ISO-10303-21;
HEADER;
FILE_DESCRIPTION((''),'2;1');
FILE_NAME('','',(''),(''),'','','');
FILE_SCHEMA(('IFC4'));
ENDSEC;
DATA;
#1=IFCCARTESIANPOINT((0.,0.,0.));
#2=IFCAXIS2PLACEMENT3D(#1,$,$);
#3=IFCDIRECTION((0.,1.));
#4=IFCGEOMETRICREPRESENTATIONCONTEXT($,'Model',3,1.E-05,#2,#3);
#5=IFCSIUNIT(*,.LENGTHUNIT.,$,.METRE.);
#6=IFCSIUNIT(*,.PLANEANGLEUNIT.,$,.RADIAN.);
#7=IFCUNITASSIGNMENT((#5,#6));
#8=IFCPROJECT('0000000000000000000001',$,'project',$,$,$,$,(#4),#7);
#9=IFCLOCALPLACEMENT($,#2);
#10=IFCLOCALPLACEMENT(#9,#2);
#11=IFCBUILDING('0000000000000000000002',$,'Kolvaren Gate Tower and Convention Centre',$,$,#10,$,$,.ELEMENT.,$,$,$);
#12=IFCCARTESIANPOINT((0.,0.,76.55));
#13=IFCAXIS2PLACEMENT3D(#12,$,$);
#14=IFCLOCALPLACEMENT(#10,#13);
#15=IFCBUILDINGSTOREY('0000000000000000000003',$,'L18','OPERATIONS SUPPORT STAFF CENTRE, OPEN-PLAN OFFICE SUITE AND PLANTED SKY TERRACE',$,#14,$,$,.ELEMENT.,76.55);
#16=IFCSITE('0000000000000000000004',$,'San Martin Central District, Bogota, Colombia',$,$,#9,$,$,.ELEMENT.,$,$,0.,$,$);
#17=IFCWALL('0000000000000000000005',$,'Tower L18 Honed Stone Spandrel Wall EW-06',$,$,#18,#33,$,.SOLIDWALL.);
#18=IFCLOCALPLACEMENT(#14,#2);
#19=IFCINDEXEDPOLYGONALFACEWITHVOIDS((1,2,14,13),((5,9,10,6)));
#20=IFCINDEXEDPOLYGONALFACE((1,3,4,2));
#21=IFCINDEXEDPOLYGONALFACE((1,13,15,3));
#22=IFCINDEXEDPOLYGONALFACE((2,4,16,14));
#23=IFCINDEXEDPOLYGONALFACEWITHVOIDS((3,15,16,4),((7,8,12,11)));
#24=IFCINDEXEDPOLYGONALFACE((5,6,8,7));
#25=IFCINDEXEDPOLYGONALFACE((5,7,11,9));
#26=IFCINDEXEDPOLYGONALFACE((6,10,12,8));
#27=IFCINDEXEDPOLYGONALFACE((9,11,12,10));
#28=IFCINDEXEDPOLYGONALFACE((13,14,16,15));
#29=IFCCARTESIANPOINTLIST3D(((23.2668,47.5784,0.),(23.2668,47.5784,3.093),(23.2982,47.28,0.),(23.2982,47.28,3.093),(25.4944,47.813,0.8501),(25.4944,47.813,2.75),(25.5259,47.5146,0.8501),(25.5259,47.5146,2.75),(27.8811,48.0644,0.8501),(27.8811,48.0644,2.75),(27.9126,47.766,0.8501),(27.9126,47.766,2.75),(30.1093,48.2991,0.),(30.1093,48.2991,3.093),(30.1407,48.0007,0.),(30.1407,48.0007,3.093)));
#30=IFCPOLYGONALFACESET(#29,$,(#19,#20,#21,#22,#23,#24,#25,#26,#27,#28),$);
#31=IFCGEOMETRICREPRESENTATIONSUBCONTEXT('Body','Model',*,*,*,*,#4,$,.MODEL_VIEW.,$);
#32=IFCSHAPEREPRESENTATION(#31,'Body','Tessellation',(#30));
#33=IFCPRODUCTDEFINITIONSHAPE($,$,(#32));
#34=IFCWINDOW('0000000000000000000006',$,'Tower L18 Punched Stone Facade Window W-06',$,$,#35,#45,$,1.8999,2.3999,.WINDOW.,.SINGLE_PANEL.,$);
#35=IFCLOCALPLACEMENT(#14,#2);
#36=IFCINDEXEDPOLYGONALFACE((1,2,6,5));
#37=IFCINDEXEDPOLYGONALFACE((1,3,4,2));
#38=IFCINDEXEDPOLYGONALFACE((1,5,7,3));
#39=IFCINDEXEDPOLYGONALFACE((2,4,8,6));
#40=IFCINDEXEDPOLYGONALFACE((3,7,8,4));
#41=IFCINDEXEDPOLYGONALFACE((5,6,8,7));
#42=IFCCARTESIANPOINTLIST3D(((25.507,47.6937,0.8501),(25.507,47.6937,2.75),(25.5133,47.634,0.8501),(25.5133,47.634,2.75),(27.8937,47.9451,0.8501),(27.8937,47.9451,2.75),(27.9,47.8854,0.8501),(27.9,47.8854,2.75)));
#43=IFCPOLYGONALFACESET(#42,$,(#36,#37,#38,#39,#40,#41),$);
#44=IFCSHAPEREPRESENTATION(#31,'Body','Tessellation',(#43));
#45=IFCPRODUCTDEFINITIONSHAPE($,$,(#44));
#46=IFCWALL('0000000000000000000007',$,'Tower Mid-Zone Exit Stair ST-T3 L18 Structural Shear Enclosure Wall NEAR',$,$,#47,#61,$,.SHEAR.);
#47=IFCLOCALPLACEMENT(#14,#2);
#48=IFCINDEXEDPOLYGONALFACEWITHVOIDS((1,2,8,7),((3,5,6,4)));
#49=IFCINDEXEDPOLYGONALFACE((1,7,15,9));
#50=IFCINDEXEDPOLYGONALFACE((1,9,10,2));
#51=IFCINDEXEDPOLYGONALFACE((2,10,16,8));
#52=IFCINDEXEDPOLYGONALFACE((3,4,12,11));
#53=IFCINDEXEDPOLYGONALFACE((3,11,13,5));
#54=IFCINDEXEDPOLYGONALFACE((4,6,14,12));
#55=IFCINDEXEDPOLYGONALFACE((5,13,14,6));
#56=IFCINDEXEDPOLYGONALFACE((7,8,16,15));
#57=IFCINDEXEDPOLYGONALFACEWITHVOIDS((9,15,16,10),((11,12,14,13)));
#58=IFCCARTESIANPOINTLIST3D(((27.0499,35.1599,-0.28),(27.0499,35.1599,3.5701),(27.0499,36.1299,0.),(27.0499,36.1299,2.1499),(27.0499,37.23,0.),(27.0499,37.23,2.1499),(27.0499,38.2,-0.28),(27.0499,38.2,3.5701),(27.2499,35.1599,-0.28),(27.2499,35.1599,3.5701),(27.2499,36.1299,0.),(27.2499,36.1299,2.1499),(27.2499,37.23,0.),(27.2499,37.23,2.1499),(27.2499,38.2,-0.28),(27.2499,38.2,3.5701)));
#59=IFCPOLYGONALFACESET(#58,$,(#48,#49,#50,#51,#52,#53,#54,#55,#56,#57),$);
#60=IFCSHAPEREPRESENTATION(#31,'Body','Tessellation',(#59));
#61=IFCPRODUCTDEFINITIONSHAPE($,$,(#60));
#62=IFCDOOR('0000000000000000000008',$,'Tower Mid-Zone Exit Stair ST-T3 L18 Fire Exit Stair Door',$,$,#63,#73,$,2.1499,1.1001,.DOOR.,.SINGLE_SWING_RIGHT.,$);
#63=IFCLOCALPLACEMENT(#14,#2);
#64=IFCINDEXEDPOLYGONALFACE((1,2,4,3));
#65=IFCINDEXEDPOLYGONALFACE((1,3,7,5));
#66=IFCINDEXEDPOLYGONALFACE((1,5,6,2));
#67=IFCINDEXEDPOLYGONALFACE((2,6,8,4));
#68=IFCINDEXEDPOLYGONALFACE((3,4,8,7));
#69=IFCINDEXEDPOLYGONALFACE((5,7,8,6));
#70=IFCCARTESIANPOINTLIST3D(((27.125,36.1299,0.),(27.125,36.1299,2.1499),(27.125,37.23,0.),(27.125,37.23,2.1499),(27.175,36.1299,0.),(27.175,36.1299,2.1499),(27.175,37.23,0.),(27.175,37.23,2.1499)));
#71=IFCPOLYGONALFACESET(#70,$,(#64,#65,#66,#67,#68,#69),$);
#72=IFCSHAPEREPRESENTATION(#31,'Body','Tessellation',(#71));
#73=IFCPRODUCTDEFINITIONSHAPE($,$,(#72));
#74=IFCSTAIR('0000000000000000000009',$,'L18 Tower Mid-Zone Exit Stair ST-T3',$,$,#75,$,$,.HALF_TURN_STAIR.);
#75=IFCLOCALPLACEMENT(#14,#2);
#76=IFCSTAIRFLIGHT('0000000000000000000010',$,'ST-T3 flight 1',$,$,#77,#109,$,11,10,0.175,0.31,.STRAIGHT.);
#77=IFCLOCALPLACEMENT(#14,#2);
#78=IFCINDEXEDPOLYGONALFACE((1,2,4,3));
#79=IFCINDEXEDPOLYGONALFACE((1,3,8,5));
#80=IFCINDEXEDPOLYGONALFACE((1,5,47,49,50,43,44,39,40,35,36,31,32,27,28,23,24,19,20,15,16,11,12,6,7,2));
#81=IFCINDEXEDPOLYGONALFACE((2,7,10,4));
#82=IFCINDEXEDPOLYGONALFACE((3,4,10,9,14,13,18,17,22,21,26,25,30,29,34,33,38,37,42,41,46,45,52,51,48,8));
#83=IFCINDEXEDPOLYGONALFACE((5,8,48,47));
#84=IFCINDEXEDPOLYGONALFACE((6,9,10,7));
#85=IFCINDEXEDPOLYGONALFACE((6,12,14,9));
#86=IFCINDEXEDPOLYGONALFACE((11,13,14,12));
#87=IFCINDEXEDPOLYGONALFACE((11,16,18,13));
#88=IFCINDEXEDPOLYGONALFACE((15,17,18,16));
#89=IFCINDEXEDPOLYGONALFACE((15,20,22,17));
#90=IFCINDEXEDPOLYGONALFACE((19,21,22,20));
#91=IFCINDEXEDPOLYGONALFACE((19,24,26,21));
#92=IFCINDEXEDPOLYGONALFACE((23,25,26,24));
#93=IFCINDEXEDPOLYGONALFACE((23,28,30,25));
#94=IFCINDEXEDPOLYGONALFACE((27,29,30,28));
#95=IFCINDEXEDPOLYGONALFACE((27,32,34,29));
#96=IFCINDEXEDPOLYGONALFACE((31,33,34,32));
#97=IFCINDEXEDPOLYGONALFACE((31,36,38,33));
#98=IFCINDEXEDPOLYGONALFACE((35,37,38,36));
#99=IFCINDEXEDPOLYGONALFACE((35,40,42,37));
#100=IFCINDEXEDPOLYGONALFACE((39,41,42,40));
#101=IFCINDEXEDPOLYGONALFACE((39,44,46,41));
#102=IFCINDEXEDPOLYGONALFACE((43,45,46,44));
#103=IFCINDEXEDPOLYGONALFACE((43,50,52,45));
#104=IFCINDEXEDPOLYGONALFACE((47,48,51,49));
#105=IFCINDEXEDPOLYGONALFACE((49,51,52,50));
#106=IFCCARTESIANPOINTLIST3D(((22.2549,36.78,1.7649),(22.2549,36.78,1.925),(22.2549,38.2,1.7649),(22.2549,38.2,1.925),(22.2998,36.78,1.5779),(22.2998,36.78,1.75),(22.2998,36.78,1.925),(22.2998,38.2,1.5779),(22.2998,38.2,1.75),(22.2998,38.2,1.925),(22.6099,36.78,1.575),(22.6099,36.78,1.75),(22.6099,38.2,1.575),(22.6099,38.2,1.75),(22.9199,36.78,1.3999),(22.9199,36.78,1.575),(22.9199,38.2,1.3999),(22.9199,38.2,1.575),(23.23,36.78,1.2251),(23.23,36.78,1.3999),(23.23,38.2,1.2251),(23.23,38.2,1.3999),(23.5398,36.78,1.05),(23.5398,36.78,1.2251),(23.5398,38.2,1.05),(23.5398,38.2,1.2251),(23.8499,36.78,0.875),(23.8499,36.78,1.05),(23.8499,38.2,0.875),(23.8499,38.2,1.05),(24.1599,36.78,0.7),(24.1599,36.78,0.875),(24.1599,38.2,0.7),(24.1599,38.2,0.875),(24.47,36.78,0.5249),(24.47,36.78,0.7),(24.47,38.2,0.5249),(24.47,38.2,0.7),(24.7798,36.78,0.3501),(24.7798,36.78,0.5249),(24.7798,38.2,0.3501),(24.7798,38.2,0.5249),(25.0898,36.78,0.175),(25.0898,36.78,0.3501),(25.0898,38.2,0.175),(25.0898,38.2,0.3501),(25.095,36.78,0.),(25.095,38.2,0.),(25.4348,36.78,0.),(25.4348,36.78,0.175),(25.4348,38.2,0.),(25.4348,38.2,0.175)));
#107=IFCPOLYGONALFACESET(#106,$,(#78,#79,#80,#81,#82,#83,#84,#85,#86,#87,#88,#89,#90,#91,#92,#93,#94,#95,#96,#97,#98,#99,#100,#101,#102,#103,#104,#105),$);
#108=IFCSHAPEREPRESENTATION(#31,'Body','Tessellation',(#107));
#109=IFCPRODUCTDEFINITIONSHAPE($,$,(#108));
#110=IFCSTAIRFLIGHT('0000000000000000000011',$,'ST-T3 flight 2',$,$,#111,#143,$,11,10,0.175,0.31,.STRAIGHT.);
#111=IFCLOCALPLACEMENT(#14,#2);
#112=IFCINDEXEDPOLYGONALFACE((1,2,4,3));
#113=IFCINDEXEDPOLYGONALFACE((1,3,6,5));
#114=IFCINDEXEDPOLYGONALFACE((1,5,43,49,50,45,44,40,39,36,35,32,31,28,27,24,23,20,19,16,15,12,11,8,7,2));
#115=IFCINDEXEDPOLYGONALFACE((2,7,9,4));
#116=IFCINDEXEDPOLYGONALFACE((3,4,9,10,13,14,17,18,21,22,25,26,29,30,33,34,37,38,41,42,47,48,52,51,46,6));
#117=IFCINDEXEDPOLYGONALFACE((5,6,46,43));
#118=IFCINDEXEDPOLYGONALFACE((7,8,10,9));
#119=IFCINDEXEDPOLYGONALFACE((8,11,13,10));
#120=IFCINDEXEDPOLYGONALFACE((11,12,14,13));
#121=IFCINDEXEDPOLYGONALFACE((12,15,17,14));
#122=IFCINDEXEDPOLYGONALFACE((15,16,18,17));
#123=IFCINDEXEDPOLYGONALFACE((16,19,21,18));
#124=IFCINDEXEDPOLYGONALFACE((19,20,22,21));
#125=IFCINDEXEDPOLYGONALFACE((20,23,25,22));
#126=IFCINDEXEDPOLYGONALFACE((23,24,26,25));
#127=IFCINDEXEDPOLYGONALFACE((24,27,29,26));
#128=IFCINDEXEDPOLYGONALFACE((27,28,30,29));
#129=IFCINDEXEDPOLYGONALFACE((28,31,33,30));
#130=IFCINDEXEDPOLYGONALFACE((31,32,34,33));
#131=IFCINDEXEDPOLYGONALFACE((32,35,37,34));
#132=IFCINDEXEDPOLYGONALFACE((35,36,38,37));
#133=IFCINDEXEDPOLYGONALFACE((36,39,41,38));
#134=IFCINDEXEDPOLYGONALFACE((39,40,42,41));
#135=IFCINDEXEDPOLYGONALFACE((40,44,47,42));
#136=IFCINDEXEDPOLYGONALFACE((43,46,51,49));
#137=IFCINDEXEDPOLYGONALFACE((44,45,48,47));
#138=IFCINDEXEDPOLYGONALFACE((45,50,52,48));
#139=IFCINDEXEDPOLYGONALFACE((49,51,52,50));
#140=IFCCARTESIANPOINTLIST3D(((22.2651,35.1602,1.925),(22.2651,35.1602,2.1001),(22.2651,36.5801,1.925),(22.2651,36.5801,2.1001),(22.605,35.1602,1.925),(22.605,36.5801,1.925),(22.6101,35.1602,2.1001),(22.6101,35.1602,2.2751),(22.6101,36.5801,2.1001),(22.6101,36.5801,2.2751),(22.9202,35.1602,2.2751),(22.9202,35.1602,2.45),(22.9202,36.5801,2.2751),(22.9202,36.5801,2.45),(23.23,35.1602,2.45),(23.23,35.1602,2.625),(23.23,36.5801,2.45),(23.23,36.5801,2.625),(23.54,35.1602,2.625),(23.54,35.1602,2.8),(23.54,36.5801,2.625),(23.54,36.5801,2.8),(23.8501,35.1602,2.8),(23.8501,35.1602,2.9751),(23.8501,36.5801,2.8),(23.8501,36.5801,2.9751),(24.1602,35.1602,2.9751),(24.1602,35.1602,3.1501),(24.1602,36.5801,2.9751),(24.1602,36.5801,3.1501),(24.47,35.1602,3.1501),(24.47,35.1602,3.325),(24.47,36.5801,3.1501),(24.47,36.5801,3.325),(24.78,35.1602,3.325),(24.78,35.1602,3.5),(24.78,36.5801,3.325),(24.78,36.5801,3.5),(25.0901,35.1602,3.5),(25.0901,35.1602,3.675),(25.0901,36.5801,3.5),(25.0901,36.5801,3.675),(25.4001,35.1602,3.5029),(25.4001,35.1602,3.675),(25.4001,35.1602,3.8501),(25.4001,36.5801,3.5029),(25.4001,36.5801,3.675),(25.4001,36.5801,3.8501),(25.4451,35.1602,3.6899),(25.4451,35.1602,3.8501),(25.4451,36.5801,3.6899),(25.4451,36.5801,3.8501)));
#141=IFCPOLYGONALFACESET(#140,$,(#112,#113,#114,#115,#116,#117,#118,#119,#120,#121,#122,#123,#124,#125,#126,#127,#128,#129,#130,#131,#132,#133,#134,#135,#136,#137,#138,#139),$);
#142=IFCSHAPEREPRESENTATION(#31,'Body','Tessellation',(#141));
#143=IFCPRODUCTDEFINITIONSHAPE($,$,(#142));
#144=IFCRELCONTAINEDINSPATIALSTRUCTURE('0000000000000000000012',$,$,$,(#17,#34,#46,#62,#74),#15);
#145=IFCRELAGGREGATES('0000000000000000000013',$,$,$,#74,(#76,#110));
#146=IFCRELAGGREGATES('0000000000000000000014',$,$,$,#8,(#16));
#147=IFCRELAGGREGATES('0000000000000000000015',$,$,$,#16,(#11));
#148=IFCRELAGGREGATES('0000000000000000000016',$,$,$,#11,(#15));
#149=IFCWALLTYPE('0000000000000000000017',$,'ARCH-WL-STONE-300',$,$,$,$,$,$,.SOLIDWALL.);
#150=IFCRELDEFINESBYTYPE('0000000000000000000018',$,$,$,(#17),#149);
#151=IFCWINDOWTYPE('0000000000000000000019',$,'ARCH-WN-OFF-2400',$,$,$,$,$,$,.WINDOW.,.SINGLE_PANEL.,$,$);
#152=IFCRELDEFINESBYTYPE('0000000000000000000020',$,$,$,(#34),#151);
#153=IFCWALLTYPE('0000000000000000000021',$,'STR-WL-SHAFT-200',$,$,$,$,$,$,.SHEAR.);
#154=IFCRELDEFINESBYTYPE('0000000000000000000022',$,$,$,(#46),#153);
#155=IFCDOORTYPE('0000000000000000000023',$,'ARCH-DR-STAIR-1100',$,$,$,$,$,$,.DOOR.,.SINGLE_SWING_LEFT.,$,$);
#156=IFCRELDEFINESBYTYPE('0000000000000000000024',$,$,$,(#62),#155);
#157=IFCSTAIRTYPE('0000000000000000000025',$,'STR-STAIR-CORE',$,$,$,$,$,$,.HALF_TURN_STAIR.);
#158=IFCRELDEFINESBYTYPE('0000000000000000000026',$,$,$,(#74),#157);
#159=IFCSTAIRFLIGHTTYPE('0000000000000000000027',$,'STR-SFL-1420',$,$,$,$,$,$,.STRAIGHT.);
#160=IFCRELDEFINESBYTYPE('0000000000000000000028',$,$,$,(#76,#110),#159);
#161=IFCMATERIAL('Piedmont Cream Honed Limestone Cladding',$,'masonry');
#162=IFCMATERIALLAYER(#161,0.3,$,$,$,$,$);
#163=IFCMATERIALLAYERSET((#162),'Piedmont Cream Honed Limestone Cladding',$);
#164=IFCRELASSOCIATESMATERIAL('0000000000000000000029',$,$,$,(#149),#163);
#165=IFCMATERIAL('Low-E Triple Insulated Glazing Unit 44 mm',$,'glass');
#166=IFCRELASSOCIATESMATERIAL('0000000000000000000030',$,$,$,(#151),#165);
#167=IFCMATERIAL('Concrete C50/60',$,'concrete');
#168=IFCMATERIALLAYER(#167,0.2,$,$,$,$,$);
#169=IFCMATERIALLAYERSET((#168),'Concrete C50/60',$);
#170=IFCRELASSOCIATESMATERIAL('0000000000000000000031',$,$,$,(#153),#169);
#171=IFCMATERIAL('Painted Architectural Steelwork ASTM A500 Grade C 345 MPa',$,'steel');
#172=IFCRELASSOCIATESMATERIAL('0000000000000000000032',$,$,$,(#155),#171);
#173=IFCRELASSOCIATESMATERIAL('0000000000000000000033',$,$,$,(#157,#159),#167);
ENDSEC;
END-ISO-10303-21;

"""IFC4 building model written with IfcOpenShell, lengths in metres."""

from ifc_helpers import new_model, si_unit, direction, frame, frame_2d, origin, place, context, subcontext, project, spatial, polyline, rectangle, outline, extrude, material, layer, layer_set, type_object, element, fill, aggregate, save


model = new_model("IFC4")

# Units and contexts
model_context = context("Model", 3, precision=1e-05, world=origin(), true_north=direction((0.0, 1.0)))
body_context = subcontext(model_context, "Body", "Model", "MODEL_VIEW")
ifc_project = project(units=[si_unit("LENGTHUNIT", "METRE"), si_unit("PLANEANGLEUNIT", "RADIAN")], contexts=[model_context])

# Site, building, storey
site_placement = place(None, origin())
site = spatial("IfcSite", under=ifc_project, at=site_placement, Name="San Martin Central District, Bogota, Colombia", CompositionType="ELEMENT", RefElevation=0.0)
building_placement = place(site_placement, origin())
building = spatial("IfcBuilding", under=site, at=building_placement, Name="Kolvaren Gate Tower and Convention Centre", CompositionType="ELEMENT")
storey_placement = place(building_placement, frame((0.0, 0.0, 76.55)))
storey = spatial("IfcBuildingStorey", under=building, at=storey_placement, Name="L18", Description="OPERATIONS SUPPORT STAFF CENTRE, OPEN-PLAN OFFICE SUITE AND PLANTED SKY TERRACE", CompositionType="ELEMENT", Elevation=76.55)

# Wall, opening, window
ifc_material_1 = material(Name="Piedmont Cream Honed Limestone Cladding", Category="masonry")
ifc_layer_1 = layer(ifc_material_1, 0.3)
ifc_layer_set_1 = layer_set([ifc_layer_1], Name="Piedmont Cream Honed Limestone Cladding")
wall_type_1 = type_object("IfcWallType", Name="ARCH-WL-STONE-300", PredefinedType="SOLIDWALL", material=ifc_layer_set_1)
wall_1_placement = place(storey_placement, frame((23.2825, 47.4292, 0.0), z_axis=(0.0, 0.0, 1.0), x_axis=(0.994499, 0.104748, 0.0)))
wall_1 = element("IfcWall", 1, at=wall_1_placement, inside=storey, type_object=wall_type_1, Name="Tower L18 Honed Stone Spandrel Wall EW-06", PredefinedType="SOLIDWALL", context=body_context, shape_type="SweptSolid", body=[
    extrude(rectangle(XDim=6.8804, YDim=0.3, at=frame_2d((3.4402, 0.0))), origin(), (0.0, 0.0, 1.0), 3.093),
])
opening_1_placement = place(wall_1_placement, frame((2.24, 0.0, 0.8501)))
opening_1 = element("IfcOpeningElement", 2, at=opening_1_placement, cuts=wall_1, PredefinedType="OPENING", context=body_context, shape_type="SweptSolid", body=[
    extrude(rectangle(XDim=2.3999, YDim=1.8999, at=frame_2d((1.2, 0.95))), frame((0.0, 0.1599, 0.0), z_axis=(0.0, -1.0, 0.0), x_axis=(1.0, 0.0, 0.0)), (0.0, 0.0, 1.0), 0.3201),
])
ifc_material_2 = material(Name="Low-E Triple Insulated Glazing Unit 44 mm", Category="glass")
window_type = type_object("IfcWindowType", Name="ARCH-WN-OFF-2400", PartitioningType="SINGLE_PANEL", PredefinedType="WINDOW", material=ifc_material_2)
window_placement = place(opening_1_placement, origin())
window = element("IfcWindow", 3, at=window_placement, inside=storey, type_object=window_type, Name="Tower L18 Punched Stone Facade Window W-06", OverallHeight=1.8999, OverallWidth=2.3999, PartitioningType="SINGLE_PANEL", PredefinedType="WINDOW", context=body_context, shape_type="SweptSolid", body=[
    extrude(rectangle(XDim=2.3999, YDim=1.8999, at=frame_2d((1.2, 0.95))), frame((0.0, 0.03, 0.0), z_axis=(0.0, -1.0, 0.0), x_axis=(1.0, 0.0, 0.0)), (0.0, 0.0, 1.0), 0.0601),
])
fill(opening_1, window)

# Wall, opening, door
ifc_material_3 = material(Name="Concrete C50/60", Category="concrete")
ifc_layer_2 = layer(ifc_material_3, 0.2)
ifc_layer_set_2 = layer_set([ifc_layer_2], Name="Concrete C50/60")
wall_type_2 = type_object("IfcWallType", Name="STR-WL-SHAFT-200", PredefinedType="SHEAR", material=ifc_layer_set_2)
wall_2_placement = place(storey_placement, frame((27.1499, 35.1599, -0.28), z_axis=(0.0, 0.0, 1.0), x_axis=(0.0, 1.0, 0.0)))
wall_2 = element("IfcWall", 4, at=wall_2_placement, inside=storey, type_object=wall_type_2, Name="Tower Mid-Zone Exit Stair ST-T3 L18 Structural Shear Enclosure Wall NEAR", PredefinedType="SHEAR", context=body_context, shape_type="SweptSolid", body=[
    extrude(rectangle(XDim=3.04, YDim=0.2, at=frame_2d((1.52, 0.0))), origin(), (0.0, 0.0, 1.0), 3.8501),
])
opening_2_placement = place(wall_2_placement, frame((0.97, 0.0, 0.28)))
opening_2 = element("IfcOpeningElement", 5, at=opening_2_placement, cuts=wall_2, PredefinedType="OPENING", context=body_context, shape_type="SweptSolid", body=[
    extrude(rectangle(XDim=1.1001, YDim=2.1499, at=frame_2d((0.55, 1.075))), frame((0.0, 0.1099, 0.0), z_axis=(0.0, -1.0, 0.0), x_axis=(1.0, 0.0, 0.0)), (0.0, 0.0, 1.0), 0.22),
])
ifc_material_4 = material(Name="Painted Architectural Steelwork ASTM A500 Grade C 345 MPa", Category="steel")
door_type = type_object("IfcDoorType", Name="ARCH-DR-STAIR-1100", OperationType="SINGLE_SWING_LEFT", PredefinedType="DOOR", material=ifc_material_4)
door_placement = place(opening_2_placement, origin())
door = element("IfcDoor", 6, at=door_placement, inside=storey, type_object=door_type, Name="Tower Mid-Zone Exit Stair ST-T3 L18 Fire Exit Stair Door", OperationType="SINGLE_SWING_RIGHT", OverallHeight=2.1499, OverallWidth=1.1001, PredefinedType="DOOR", context=body_context, shape_type="SweptSolid", body=[
    extrude(rectangle(XDim=1.1001, YDim=2.1499, at=frame_2d((0.55, 1.075))), frame((0.0, 0.0249, 0.0), z_axis=(0.0, -1.0, 0.0), x_axis=(1.0, 0.0, 0.0)), (0.0, 0.0, 1.0), 0.05),
])
fill(opening_2, door)

# Stair, stair flights
stair_type = type_object("IfcStairType", Name="STR-STAIR-CORE", PredefinedType="HALF_TURN_STAIR", material=ifc_material_3)
stair_placement = place(storey_placement, origin())
stair = element("IfcStair", 7, at=stair_placement, inside=storey, type_object=stair_type, Name="L18 Tower Mid-Zone Exit Stair ST-T3", PredefinedType="HALF_TURN_STAIR")
stair_flight_type = type_object("IfcStairFlightType", Name="STR-SFL-1420", PredefinedType="STRAIGHT", material=ifc_material_3)
stair_flight_1_placement = place(storey_placement, frame((25.3999, 37.49, 0.0), z_axis=(0.0, 0.0, 1.0), x_axis=(-1.0, 0.0, 0.0)))
stair_flight_1 = element("IfcStairFlight", 8, at=stair_flight_1_placement, type_object=stair_flight_type, Name="ST-T3 flight 1", NumberOfRisers=11, NumberOfTreads=10, PredefinedType="STRAIGHT", RiserHeight=0.175, TreadLength=0.31, context=body_context, shape_type="SweptSolid", body=[
    extrude(outline(polyline([(-0.0349, 0.0), (-0.0349, 0.175), (0.3101, 0.175), (0.3101, 0.3501), (0.6201, 0.3501), (0.6201, 0.5249), (0.9299, 0.5249), (0.9299, 0.7), (1.24, 0.7), (1.24, 0.875), (1.55, 0.875), (1.55, 1.05), (1.8601, 1.05), (1.8601, 1.2251), (2.1699, 1.2251), (2.1699, 1.3999), (2.48, 1.3999), (2.48, 1.575), (2.79, 1.575), (2.79, 1.75), (3.1001, 1.75), (3.1001, 1.925), (3.145, 1.925), (3.145, 1.7649), (3.1001, 1.5779), (0.3049, 0.0), (-0.0349, 0.0)])), frame((0.0, 0.71, 0.0), z_axis=(0.0, -1.0, 0.0), x_axis=(1.0, 0.0, 0.0)), (0.0, 0.0, 1.0), 1.4199),
])
stair_flight_2_placement = place(storey_placement, frame((22.3, 35.8701, 1.925), z_axis=(0.0, 0.0, 1.0), x_axis=(1.0, 0.0, 0.0)))
stair_flight_2 = element("IfcStairFlight", 9, at=stair_flight_2_placement, type_object=stair_flight_type, Name="ST-T3 flight 2", NumberOfRisers=11, NumberOfTreads=10, PredefinedType="STRAIGHT", RiserHeight=0.175, TreadLength=0.31, context=body_context, shape_type="SweptSolid", body=[
    extrude(outline(polyline([(-0.0349, 0.0), (-0.0349, 0.175), (0.3101, 0.175), (0.3101, 0.3501), (0.6201, 0.3501), (0.6201, 0.5249), (0.9299, 0.5249), (0.9299, 0.7), (1.24, 0.7), (1.24, 0.875), (1.55, 0.875), (1.55, 1.05), (1.8601, 1.05), (1.8601, 1.2251), (2.1699, 1.2251), (2.1699, 1.3999), (2.48, 1.3999), (2.48, 1.575), (2.79, 1.575), (2.79, 1.75), (3.1001, 1.75), (3.1001, 1.925), (3.145, 1.925), (3.145, 1.7649), (3.1001, 1.5779), (0.3049, 0.0), (-0.0349, 0.0)])), frame((0.0, 0.71, 0.0), z_axis=(0.0, -1.0, 0.0), x_axis=(1.0, 0.0, 0.0)), (0.0, 0.0, 1.0), 1.4199),
])
aggregate(stair, [stair_flight_1, stair_flight_2])

save(model, "model.ifc")
